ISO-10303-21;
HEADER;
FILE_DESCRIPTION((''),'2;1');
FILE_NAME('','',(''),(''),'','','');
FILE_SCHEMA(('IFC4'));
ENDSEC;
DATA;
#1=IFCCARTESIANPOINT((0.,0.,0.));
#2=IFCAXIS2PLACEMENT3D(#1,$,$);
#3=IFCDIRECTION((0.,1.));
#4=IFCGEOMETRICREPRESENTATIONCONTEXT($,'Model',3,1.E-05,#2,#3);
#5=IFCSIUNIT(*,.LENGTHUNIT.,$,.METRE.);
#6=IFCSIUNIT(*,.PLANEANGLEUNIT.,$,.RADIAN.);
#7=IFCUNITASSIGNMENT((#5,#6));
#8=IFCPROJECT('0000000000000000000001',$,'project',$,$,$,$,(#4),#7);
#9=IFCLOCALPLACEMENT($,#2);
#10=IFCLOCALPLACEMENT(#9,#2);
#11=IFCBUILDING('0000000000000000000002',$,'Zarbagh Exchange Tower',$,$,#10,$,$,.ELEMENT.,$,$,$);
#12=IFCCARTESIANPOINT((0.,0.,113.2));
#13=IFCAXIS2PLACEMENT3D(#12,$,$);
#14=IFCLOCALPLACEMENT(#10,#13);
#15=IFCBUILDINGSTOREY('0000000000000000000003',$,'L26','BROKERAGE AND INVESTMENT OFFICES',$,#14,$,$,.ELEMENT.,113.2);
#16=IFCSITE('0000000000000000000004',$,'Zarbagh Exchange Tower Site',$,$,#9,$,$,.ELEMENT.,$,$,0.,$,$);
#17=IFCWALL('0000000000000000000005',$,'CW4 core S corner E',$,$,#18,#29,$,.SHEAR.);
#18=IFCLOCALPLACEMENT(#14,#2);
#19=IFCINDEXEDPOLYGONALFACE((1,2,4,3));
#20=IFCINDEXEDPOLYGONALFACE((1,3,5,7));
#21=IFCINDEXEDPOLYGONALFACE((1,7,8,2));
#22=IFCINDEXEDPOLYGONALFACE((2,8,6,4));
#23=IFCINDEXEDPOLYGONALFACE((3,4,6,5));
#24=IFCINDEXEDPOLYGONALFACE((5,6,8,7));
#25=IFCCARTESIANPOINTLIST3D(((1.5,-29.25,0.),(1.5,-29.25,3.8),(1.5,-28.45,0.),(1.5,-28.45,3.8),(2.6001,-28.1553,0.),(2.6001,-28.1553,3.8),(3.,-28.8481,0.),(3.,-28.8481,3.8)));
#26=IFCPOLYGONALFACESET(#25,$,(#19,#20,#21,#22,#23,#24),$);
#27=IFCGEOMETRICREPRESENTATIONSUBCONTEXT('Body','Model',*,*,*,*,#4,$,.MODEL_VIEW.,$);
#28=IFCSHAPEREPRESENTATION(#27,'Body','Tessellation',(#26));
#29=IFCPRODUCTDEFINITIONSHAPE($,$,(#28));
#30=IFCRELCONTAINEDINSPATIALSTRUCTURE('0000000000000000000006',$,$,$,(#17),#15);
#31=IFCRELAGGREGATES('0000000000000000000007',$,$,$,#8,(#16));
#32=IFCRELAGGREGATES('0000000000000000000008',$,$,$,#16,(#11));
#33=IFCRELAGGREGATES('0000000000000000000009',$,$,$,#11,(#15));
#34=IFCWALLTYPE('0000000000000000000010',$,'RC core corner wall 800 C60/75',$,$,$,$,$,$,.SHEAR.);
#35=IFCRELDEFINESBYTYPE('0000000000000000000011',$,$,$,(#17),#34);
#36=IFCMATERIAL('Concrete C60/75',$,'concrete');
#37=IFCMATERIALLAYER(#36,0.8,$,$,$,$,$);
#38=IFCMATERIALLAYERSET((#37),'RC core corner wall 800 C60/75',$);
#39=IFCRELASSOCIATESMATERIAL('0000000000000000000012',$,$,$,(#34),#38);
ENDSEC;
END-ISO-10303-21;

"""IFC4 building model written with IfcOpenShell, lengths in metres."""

from ifc_helpers import new_model, si_unit, direction, frame, origin, place, context, subcontext, project, spatial, polyline, outline, extrude, material, layer, layer_set, type_object, element, save


model = new_model("IFC4")

# Units and contexts
model_context = context("Model", 3, precision=1e-05, world=origin(), true_north=direction((0.0, 1.0)))
body_context = subcontext(model_context, "Body", "Model", "MODEL_VIEW")
ifc_project = project(units=[si_unit("LENGTHUNIT", "METRE"), si_unit("PLANEANGLEUNIT", "RADIAN")], contexts=[model_context])

# Site, building, storey
site_placement = place(None, origin())
site = spatial("IfcSite", under=ifc_project, at=site_placement, Name="Zarbagh Exchange Tower Site", CompositionType="ELEMENT", RefElevation=0.0)
building_placement = place(site_placement, origin())
building = spatial("IfcBuilding", under=site, at=building_placement, Name="Zarbagh Exchange Tower", CompositionType="ELEMENT")
storey_placement = place(building_placement, frame((0.0, 0.0, 113.2)))
storey = spatial("IfcBuildingStorey", under=building, at=storey_placement, Name="L26", Description="BROKERAGE AND INVESTMENT OFFICES", CompositionType="ELEMENT", Elevation=113.2)

# Wall
ifc_material_1 = material(Name="Concrete C60/75", Category="concrete")
ifc_layer_1 = layer(ifc_material_1, 0.8)
ifc_layer_set_1 = layer_set([ifc_layer_1], Name="RC core corner wall 800 C60/75")
wall_type = type_object("IfcWallType", Name="RC core corner wall 800 C60/75", PredefinedType="SHEAR", material=ifc_layer_set_1)
wall_1_placement = place(storey_placement, origin())
element("IfcWall", 1, at=wall_1_placement, inside=storey, type_object=wall_type, Name="CW4 core S corner E", PredefinedType="SHEAR", context=body_context, shape_type="SweptSolid", body=[
    extrude(outline(polyline([(3.0, -28.8481), (1.5, -29.25), (1.5, -28.45), (2.6001, -28.1553), (3.0, -28.8481)])), origin(), (0.0, 0.0, 1.0), 3.8),
])

save(model, "model.ifc")
